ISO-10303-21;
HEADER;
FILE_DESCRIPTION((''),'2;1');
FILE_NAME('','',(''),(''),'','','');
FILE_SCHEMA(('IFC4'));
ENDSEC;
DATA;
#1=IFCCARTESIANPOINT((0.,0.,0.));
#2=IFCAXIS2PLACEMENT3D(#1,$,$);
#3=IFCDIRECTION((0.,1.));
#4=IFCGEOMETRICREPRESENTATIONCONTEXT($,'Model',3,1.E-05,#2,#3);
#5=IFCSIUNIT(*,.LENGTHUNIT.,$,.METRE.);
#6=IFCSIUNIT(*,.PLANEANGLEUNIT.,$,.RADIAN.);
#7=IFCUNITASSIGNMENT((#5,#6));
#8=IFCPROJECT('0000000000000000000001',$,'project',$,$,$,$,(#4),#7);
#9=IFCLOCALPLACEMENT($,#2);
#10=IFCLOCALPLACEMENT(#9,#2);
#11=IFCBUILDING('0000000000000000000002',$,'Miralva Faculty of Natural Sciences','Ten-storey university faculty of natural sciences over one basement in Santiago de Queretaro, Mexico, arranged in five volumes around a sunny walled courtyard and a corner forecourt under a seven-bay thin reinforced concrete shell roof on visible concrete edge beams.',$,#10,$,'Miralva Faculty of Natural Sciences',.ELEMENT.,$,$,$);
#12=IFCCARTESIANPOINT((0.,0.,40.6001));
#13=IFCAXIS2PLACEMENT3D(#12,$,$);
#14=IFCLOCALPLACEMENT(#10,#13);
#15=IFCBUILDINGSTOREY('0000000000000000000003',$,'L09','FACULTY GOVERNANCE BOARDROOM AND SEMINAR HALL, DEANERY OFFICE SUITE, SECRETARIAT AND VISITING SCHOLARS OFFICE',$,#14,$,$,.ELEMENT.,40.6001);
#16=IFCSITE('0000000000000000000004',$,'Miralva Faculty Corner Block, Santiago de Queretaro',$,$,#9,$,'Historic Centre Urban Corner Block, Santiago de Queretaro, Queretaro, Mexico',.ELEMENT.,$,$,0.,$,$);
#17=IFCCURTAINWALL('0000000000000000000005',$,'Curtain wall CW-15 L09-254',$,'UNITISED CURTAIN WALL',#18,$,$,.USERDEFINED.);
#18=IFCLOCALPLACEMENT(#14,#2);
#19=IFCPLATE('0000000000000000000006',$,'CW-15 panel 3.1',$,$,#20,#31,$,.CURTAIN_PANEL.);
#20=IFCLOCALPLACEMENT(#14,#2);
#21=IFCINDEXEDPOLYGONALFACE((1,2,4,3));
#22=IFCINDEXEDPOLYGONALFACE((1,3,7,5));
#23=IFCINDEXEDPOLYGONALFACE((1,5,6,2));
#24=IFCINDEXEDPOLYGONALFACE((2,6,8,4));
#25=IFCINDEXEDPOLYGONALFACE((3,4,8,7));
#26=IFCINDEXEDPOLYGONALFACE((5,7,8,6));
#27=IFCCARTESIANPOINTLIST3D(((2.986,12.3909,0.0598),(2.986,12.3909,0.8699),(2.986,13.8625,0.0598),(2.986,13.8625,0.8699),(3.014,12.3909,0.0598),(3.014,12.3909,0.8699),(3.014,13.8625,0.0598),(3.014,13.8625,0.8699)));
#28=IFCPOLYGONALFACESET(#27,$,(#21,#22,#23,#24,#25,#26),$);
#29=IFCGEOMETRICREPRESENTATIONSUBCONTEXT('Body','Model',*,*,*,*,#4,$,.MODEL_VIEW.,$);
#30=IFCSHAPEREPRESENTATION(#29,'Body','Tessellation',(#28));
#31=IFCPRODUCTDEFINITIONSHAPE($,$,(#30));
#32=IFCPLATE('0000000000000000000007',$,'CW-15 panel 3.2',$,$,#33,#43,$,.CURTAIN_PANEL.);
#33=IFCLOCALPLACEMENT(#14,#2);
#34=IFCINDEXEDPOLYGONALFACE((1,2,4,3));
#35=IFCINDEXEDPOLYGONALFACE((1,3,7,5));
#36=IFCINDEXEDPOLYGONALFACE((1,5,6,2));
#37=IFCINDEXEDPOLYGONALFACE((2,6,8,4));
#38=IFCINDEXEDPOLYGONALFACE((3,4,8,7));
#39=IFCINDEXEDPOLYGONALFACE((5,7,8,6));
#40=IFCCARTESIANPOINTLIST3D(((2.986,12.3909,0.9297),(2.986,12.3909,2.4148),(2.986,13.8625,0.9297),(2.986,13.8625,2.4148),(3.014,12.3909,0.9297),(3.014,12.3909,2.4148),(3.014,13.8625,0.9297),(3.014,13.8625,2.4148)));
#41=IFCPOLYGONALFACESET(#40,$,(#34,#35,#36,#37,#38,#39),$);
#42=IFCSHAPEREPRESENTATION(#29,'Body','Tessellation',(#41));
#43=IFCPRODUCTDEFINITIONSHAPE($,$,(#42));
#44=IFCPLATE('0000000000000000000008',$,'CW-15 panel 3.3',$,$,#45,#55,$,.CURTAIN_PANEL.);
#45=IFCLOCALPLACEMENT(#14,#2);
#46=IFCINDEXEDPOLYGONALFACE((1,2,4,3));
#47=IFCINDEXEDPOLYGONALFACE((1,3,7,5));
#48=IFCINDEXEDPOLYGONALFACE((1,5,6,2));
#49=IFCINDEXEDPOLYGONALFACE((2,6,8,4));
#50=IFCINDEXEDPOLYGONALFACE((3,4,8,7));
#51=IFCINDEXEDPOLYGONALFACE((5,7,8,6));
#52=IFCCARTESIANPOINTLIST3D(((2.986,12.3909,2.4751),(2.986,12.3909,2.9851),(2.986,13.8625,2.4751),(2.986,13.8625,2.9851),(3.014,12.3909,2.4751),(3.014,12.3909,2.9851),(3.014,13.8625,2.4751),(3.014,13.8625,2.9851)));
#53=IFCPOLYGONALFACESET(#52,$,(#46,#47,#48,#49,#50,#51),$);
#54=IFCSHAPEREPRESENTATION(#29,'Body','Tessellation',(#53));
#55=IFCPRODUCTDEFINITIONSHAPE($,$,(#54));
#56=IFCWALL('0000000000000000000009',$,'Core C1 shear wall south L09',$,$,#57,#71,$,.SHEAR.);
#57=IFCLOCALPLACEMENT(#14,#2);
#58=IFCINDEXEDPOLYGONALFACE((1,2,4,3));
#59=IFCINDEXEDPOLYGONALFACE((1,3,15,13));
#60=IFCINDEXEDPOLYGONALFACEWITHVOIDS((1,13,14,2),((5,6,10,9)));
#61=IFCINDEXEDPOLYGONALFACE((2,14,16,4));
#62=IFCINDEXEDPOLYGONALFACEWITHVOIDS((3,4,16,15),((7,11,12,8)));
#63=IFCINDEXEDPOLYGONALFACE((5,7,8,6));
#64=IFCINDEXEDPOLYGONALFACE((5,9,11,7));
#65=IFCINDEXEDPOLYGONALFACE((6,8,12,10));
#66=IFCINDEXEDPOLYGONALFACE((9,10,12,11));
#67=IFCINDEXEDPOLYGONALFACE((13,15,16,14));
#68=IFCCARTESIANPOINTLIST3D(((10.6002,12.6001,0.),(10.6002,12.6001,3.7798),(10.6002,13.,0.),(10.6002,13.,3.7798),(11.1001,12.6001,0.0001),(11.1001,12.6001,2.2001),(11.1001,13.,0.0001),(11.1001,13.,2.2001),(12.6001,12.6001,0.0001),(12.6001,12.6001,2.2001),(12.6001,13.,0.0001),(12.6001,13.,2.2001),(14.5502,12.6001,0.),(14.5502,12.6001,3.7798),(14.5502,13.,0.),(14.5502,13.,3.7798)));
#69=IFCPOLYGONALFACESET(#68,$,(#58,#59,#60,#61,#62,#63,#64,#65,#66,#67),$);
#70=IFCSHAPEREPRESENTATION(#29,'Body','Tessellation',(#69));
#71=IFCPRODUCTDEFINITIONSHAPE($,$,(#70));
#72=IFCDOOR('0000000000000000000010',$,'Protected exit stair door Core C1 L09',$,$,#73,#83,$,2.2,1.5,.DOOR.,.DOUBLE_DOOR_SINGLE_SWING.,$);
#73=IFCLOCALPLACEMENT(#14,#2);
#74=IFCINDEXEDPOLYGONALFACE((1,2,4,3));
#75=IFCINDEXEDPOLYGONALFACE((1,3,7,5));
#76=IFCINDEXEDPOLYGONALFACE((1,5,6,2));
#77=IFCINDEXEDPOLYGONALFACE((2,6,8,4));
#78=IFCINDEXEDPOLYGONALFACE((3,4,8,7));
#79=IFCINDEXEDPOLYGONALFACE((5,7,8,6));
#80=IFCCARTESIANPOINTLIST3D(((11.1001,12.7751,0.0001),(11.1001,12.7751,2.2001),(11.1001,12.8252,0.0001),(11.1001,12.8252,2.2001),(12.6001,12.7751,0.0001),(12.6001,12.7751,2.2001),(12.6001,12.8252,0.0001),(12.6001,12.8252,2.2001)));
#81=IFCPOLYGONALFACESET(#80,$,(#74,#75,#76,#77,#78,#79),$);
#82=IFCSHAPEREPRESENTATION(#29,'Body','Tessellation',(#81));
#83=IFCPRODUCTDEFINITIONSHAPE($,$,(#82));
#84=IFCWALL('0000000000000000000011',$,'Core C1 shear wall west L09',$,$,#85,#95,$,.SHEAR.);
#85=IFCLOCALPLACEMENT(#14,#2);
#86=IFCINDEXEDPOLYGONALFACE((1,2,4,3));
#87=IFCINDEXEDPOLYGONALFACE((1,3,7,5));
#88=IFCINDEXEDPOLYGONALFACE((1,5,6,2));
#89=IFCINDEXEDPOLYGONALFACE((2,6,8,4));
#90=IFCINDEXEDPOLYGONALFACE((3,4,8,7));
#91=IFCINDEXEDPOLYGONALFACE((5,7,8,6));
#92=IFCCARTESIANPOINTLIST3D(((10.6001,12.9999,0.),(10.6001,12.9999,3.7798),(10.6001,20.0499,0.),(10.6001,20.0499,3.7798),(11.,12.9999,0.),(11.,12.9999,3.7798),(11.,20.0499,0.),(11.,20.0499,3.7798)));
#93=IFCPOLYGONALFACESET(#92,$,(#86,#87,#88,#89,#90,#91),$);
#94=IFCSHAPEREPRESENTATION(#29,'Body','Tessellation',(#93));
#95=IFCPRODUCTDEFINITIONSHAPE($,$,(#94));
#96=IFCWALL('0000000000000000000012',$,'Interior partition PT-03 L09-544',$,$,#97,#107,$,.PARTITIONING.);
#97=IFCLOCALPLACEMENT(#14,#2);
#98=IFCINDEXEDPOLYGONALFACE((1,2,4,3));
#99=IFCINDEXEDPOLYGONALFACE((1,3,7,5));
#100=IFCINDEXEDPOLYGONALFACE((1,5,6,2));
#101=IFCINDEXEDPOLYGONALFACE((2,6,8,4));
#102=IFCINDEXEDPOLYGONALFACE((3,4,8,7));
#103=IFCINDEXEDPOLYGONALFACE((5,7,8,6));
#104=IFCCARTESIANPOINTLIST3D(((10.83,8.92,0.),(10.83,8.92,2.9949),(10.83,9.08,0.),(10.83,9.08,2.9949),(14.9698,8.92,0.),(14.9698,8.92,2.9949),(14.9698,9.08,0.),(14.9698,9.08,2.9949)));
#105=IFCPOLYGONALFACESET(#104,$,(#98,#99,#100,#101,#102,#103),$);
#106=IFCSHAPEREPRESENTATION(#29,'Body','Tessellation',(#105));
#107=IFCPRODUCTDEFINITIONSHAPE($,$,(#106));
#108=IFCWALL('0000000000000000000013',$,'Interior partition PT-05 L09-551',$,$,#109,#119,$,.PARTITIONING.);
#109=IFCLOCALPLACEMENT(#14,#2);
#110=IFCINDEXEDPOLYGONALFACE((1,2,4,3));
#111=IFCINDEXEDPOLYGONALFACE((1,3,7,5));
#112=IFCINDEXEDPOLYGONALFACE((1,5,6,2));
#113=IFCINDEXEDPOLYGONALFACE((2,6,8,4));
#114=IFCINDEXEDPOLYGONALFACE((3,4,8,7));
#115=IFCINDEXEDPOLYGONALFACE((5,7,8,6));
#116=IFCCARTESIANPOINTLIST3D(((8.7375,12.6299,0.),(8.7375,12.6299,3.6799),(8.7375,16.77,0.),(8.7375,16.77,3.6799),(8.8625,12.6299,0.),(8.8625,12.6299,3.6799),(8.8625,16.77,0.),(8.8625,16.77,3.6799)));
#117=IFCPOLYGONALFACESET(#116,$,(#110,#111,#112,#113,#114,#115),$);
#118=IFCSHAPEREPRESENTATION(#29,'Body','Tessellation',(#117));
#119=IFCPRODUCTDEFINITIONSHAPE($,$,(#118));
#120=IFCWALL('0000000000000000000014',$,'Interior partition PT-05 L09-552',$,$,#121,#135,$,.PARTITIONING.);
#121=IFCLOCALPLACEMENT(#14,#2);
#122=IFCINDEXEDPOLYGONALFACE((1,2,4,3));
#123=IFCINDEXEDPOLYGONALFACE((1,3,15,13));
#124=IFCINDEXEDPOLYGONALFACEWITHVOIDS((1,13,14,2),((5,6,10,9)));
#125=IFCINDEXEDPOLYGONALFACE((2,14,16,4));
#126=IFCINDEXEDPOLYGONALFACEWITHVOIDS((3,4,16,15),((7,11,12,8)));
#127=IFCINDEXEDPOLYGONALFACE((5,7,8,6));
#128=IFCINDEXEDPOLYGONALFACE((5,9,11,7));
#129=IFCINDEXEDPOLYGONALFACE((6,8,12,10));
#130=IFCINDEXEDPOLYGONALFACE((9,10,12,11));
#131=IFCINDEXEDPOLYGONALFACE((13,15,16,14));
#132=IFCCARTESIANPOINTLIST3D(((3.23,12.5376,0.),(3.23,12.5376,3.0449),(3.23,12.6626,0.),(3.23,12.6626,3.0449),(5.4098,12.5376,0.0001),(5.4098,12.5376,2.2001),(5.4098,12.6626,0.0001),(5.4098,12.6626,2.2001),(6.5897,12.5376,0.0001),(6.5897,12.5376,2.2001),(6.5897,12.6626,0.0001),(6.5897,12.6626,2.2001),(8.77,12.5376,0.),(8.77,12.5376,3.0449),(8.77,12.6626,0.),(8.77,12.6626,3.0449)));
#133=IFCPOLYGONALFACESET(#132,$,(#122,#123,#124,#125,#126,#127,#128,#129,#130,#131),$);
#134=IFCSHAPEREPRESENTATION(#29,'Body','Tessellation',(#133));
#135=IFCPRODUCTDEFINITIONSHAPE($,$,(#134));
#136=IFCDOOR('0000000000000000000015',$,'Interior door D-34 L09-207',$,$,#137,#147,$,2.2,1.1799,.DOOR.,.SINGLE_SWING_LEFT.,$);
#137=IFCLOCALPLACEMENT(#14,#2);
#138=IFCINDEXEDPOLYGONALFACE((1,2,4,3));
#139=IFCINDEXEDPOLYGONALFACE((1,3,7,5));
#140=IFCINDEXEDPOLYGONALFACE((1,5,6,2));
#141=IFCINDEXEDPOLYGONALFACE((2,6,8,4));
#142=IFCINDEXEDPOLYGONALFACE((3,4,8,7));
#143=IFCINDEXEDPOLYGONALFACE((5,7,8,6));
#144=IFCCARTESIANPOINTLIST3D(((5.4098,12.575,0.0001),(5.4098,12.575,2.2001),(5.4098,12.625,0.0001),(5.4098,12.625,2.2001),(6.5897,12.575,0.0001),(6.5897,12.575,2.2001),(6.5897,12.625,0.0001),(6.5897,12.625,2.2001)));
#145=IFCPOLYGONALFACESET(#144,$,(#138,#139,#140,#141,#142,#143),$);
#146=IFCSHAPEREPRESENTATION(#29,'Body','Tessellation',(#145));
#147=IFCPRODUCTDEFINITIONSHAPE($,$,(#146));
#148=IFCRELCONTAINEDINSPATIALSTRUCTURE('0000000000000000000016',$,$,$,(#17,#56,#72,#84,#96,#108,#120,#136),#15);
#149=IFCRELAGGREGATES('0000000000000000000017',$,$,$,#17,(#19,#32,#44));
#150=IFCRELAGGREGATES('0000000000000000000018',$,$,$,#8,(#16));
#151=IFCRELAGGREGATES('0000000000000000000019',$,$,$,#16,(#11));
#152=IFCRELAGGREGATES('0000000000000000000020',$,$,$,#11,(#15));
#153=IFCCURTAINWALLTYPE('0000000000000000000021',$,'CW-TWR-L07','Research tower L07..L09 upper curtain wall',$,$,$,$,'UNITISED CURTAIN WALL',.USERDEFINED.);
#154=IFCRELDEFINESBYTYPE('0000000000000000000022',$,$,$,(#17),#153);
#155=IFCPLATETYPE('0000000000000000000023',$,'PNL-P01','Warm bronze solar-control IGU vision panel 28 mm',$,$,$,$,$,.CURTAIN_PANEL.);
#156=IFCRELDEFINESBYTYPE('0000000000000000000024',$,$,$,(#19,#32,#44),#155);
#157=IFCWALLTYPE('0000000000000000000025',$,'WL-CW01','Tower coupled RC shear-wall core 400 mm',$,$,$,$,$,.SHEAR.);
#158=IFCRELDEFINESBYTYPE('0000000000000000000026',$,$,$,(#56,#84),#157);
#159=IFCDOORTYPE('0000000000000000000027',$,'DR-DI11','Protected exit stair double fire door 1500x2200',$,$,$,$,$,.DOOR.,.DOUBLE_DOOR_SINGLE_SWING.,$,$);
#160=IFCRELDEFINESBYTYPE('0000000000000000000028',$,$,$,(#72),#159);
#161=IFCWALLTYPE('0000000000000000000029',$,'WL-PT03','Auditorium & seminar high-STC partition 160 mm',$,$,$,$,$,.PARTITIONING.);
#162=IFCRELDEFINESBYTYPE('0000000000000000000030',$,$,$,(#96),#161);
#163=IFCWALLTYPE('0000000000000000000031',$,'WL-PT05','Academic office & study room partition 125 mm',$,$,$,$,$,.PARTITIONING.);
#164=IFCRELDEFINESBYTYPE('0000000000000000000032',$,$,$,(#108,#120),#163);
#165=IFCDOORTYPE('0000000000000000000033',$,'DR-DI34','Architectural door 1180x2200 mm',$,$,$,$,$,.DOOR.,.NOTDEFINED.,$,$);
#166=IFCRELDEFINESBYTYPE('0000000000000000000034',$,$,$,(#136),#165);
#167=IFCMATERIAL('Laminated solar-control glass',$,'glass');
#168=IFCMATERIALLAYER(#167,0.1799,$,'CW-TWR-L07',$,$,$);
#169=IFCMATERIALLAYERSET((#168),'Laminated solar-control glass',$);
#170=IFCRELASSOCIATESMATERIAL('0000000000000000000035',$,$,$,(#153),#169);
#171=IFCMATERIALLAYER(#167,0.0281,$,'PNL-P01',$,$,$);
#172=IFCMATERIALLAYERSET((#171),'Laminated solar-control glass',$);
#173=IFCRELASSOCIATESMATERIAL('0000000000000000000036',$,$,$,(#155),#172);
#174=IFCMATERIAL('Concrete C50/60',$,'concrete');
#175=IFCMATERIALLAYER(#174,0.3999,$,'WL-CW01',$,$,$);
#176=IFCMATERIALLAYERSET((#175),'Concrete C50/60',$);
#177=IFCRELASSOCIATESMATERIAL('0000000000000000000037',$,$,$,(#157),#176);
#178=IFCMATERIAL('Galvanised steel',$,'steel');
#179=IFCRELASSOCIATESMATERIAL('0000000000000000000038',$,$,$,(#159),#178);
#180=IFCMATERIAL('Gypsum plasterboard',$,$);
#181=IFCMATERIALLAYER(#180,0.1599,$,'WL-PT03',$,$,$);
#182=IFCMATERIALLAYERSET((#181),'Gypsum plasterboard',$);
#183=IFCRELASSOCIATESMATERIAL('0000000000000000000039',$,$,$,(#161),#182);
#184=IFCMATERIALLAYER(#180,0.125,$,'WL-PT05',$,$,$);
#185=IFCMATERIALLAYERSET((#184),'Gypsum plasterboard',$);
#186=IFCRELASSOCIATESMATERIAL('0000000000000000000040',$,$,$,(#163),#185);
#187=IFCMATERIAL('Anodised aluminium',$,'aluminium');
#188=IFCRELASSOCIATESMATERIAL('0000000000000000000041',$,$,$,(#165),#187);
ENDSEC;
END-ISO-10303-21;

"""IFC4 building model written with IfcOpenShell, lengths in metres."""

from ifc_helpers import new_model, si_unit, direction, frame, frame_2d, origin, origin_2d, place, context, subcontext, project, spatial, rectangle, extrude, material, layer, layer_set, type_object, element, fill, aggregate, save


model = new_model("IFC4")

# Units and contexts
model_context = context("Model", 3, precision=1e-05, world=origin(), true_north=direction((0.0, 1.0)))
body_context = subcontext(model_context, "Body", "Model", "MODEL_VIEW")
ifc_project = project(units=[si_unit("LENGTHUNIT", "METRE"), si_unit("PLANEANGLEUNIT", "RADIAN")], contexts=[model_context])

# Site, building, storey
site_placement = place(None, origin())
site = spatial("IfcSite", under=ifc_project, at=site_placement, Name="Miralva Faculty Corner Block, Santiago de Queretaro", LongName="Historic Centre Urban Corner Block, Santiago de Queretaro, Queretaro, Mexico", CompositionType="ELEMENT", RefElevation=0.0)
building_placement = place(site_placement, origin())
building = spatial("IfcBuilding", under=site, at=building_placement, Name="Miralva Faculty of Natural Sciences", Description="Ten-storey university faculty of natural sciences over one basement in Santiago de Queretaro, Mexico, arranged in five volumes around a sunny walled courtyard and a corner forecourt under a seven-bay thin reinforced concrete shell roof on visible concrete edge beams.", LongName="Miralva Faculty of Natural Sciences", CompositionType="ELEMENT")
storey_placement = place(building_placement, frame((0.0, 0.0, 40.6001)))
storey = spatial("IfcBuildingStorey", under=building, at=storey_placement, Name="L09", Description="FACULTY GOVERNANCE BOARDROOM AND SEMINAR HALL, DEANERY OFFICE SUITE, SECRETARIAT AND VISITING SCHOLARS OFFICE", CompositionType="ELEMENT", Elevation=40.6001)

# Curtain wall, plates
ifc_material_1 = material(Name="Laminated solar-control glass", Category="glass")
ifc_layer_1 = layer(ifc_material_1, 0.1799, Name="CW-TWR-L07")
ifc_layer_set_1 = layer_set([ifc_layer_1], Name="Laminated solar-control glass")
curtain_wall_type = type_object("IfcCurtainWallType", Name="CW-TWR-L07", Description="Research tower L07..L09 upper curtain wall", ElementType="UNITISED CURTAIN WALL", PredefinedType="USERDEFINED", material=ifc_layer_set_1)
curtain_wall_placement = place(storey_placement, origin())
curtain_wall = element("IfcCurtainWall", 1, at=curtain_wall_placement, inside=storey, type_object=curtain_wall_type, Name="Curtain wall CW-15 L09-254", ObjectType="UNITISED CURTAIN WALL", PredefinedType="USERDEFINED")
ifc_material_2 = material(Name="Anodised aluminium", Category="aluminium")
ifc_layer_2 = layer(ifc_material_1, 0.0281, Name="PNL-P01")
ifc_layer_set_2 = layer_set([ifc_layer_2], Name="Laminated solar-control glass")
plate_type = type_object("IfcPlateType", Name="PNL-P01", Description="Warm bronze solar-control IGU vision panel 28 mm", PredefinedType="CURTAIN_PANEL", material=ifc_layer_set_2)
plate_1_placement = place(storey_placement, frame((3.0, 13.1267, 0.0598), z_axis=(0.0, 0.0, 1.0), x_axis=(0.0, 1.0, 0.0)))
plate_1 = element("IfcPlate", 2, at=plate_1_placement, type_object=plate_type, Name="CW-15 panel 3.1", PredefinedType="CURTAIN_PANEL", context=body_context, shape_type="SweptSolid", body=[
    extrude(rectangle(XDim=1.4717, YDim=0.0281, at=origin_2d()), origin(), (0.0, 0.0, 1.0), 0.8101),
])
plate_2_placement = place(storey_placement, frame((3.0, 13.1267, 0.9297), z_axis=(0.0, 0.0, 1.0), x_axis=(0.0, 1.0, 0.0)))
plate_2 = element("IfcPlate", 3, at=plate_2_placement, type_object=plate_type, Name="CW-15 panel 3.2", PredefinedType="CURTAIN_PANEL", context=body_context, shape_type="SweptSolid", body=[
    extrude(rectangle(XDim=1.4717, YDim=0.0281, at=origin_2d()), origin(), (0.0, 0.0, 1.0), 1.4851),
])
plate_3_placement = place(storey_placement, frame((3.0, 13.1267, 2.4751), z_axis=(0.0, 0.0, 1.0), x_axis=(0.0, 1.0, 0.0)))
plate_3 = element("IfcPlate", 4, at=plate_3_placement, type_object=plate_type, Name="CW-15 panel 3.3", PredefinedType="CURTAIN_PANEL", context=body_context, shape_type="SweptSolid", body=[
    extrude(rectangle(XDim=1.4717, YDim=0.0281, at=origin_2d()), origin(), (0.0, 0.0, 1.0), 0.51),
])
aggregate(curtain_wall, [plate_1, plate_2, plate_3])

# Wall, opening, door
ifc_material_3 = material(Name="Concrete C50/60", Category="concrete")
ifc_layer_3 = layer(ifc_material_3, 0.3999, Name="WL-CW01")
ifc_layer_set_3 = layer_set([ifc_layer_3], Name="Concrete C50/60")
wall_type_1 = type_object("IfcWallType", Name="WL-CW01", Description="Tower coupled RC shear-wall core 400 mm", PredefinedType="SHEAR", material=ifc_layer_set_3)
wall_1_placement = place(storey_placement, frame((10.6001, 12.8, 0.0), z_axis=(0.0, 0.0, 1.0), x_axis=(1.0, 0.0, 0.0)))
wall_1 = element("IfcWall", 5, at=wall_1_placement, inside=storey, type_object=wall_type_1, Name="Core C1 shear wall south L09", PredefinedType="SHEAR", context=body_context, shape_type="SweptSolid", body=[
    extrude(rectangle(XDim=3.95, YDim=0.3999, at=frame_2d((1.9751, 0.0))), origin(), (0.0, 0.0, 1.0), 3.7798),
])
opening_1_placement = place(wall_1_placement, frame((0.5, 0.0, 0.0)))
opening_1 = element("IfcOpeningElement", 6, at=opening_1_placement, cuts=wall_1, PredefinedType="OPENING", context=body_context, shape_type="SweptSolid", body=[
    extrude(rectangle(XDim=1.5, YDim=2.2, at=frame_2d((0.75, 1.1001))), frame((0.0, 0.21, 0.0), z_axis=(0.0, -1.0, 0.0), x_axis=(1.0, 0.0, 0.0)), (0.0, 0.0, 1.0), 0.4199),
])
ifc_material_4 = material(Name="Galvanised steel", Category="steel")
door_type_1 = type_object("IfcDoorType", Name="DR-DI11", Description="Protected exit stair double fire door 1500x2200", OperationType="DOUBLE_DOOR_SINGLE_SWING", PredefinedType="DOOR", material=ifc_material_4)
door_1_placement = place(opening_1_placement, frame((1.5, 0.0, 0.0), z_axis=(0.0, 0.0, 1.0), x_axis=(-1.0, 0.0, 0.0)))
door_1 = element("IfcDoor", 7, at=door_1_placement, inside=storey, type_object=door_type_1, Name="Protected exit stair door Core C1 L09", OperationType="DOUBLE_DOOR_SINGLE_SWING", OverallHeight=2.2, OverallWidth=1.5, PredefinedType="DOOR", context=body_context, shape_type="SweptSolid", body=[
    extrude(rectangle(XDim=1.5, YDim=2.2, at=frame_2d((0.75, 1.1001))), frame((0.0, 0.0249, 0.0), z_axis=(0.0, -1.0, 0.0), x_axis=(1.0, 0.0, 0.0)), (0.0, 0.0, 1.0), 0.05),
])
fill(opening_1, door_1)

# Walls
wall_2_placement = place(storey_placement, frame((10.8, 13.0, 0.0), z_axis=(0.0, 0.0, 1.0), x_axis=(0.0, 1.0, 0.0)))
element("IfcWall", 8, at=wall_2_placement, inside=storey, type_object=wall_type_1, Name="Core C1 shear wall west L09", PredefinedType="SHEAR", context=body_context, shape_type="SweptSolid", body=[
    extrude(rectangle(XDim=7.05, YDim=0.3999, at=frame_2d((3.5249, 0.0))), origin(), (0.0, 0.0, 1.0), 3.7798),
])
ifc_material_5 = material(Name="Gypsum plasterboard")
ifc_layer_4 = layer(ifc_material_5, 0.1599, Name="WL-PT03")
ifc_layer_set_4 = layer_set([ifc_layer_4], Name="Gypsum plasterboard")
wall_type_2 = type_object("IfcWallType", Name="WL-PT03", Description="Auditorium & seminar high-STC partition 160 mm", PredefinedType="PARTITIONING", material=ifc_layer_set_4)
wall_3_placement = place(storey_placement, frame((10.8301, 9.0, 0.0), z_axis=(0.0, 0.0, 1.0), x_axis=(1.0, 0.0, 0.0)))
element("IfcWall", 9, at=wall_3_placement, inside=storey, type_object=wall_type_2, Name="Interior partition PT-03 L09-544", PredefinedType="PARTITIONING", context=body_context, shape_type="SweptSolid", body=[
    extrude(rectangle(XDim=4.1399, YDim=0.1599, at=frame_2d((2.0698, 0.0))), origin(), (0.0, 0.0, 1.0), 2.9949),
])
ifc_layer_5 = layer(ifc_material_5, 0.125, Name="WL-PT05")
ifc_layer_set_5 = layer_set([ifc_layer_5], Name="Gypsum plasterboard")
wall_type_3 = type_object("IfcWallType", Name="WL-PT05", Description="Academic office & study room partition 125 mm", PredefinedType="PARTITIONING", material=ifc_layer_set_5)
wall_4_placement = place(storey_placement, frame((8.8, 12.6299, 0.0), z_axis=(0.0, 0.0, 1.0), x_axis=(0.0, 1.0, 0.0)))
element("IfcWall", 10, at=wall_4_placement, inside=storey, type_object=wall_type_3, Name="Interior partition PT-05 L09-551", PredefinedType="PARTITIONING", context=body_context, shape_type="SweptSolid", body=[
    extrude(rectangle(XDim=4.1401, YDim=0.125, at=frame_2d((2.0701, 0.0))), origin(), (0.0, 0.0, 1.0), 3.6799),
])

# Wall, opening, door
wall_5_placement = place(storey_placement, frame((3.23, 12.6001, 0.0), z_axis=(0.0, 0.0, 1.0), x_axis=(1.0, 0.0, 0.0)))
wall_5 = element("IfcWall", 11, at=wall_5_placement, inside=storey, type_object=wall_type_3, Name="Interior partition PT-05 L09-552", PredefinedType="PARTITIONING", context=body_context, shape_type="SweptSolid", body=[
    extrude(rectangle(XDim=5.54, YDim=0.125, at=frame_2d((2.77, 0.0))), origin(), (0.0, 0.0, 1.0), 3.0449),
])
opening_2_placement = place(wall_5_placement, frame((2.1799, 0.0, 0.0)))
opening_2 = element("IfcOpeningElement", 12, at=opening_2_placement, cuts=wall_5, PredefinedType="OPENING", context=body_context, shape_type="SweptSolid", body=[
    extrude(rectangle(XDim=1.1799, YDim=2.2, at=frame_2d((0.5898, 1.1001))), frame((0.0, 0.0725, 0.0), z_axis=(0.0, -1.0, 0.0), x_axis=(1.0, 0.0, 0.0)), (0.0, 0.0, 1.0), 0.145),
])
door_type_2 = type_object("IfcDoorType", Name="DR-DI34", Description="Architectural door 1180x2200 mm", OperationType="NOTDEFINED", PredefinedType="DOOR", material=ifc_material_2)
door_2_placement = place(opening_2_placement, origin())
door_2 = element("IfcDoor", 13, at=door_2_placement, inside=storey, type_object=door_type_2, Name="Interior door D-34 L09-207", OperationType="SINGLE_SWING_LEFT", OverallHeight=2.2, OverallWidth=1.1799, PredefinedType="DOOR", context=body_context, shape_type="SweptSolid", body=[
    extrude(rectangle(XDim=1.1799, YDim=2.2, at=frame_2d((0.5898, 1.1001))), frame((0.0, 0.0249, 0.0), z_axis=(0.0, -1.0, 0.0), x_axis=(1.0, 0.0, 0.0)), (0.0, 0.0, 1.0), 0.05),
])
fill(opening_2, door_2)

save(model, "model.ifc")
